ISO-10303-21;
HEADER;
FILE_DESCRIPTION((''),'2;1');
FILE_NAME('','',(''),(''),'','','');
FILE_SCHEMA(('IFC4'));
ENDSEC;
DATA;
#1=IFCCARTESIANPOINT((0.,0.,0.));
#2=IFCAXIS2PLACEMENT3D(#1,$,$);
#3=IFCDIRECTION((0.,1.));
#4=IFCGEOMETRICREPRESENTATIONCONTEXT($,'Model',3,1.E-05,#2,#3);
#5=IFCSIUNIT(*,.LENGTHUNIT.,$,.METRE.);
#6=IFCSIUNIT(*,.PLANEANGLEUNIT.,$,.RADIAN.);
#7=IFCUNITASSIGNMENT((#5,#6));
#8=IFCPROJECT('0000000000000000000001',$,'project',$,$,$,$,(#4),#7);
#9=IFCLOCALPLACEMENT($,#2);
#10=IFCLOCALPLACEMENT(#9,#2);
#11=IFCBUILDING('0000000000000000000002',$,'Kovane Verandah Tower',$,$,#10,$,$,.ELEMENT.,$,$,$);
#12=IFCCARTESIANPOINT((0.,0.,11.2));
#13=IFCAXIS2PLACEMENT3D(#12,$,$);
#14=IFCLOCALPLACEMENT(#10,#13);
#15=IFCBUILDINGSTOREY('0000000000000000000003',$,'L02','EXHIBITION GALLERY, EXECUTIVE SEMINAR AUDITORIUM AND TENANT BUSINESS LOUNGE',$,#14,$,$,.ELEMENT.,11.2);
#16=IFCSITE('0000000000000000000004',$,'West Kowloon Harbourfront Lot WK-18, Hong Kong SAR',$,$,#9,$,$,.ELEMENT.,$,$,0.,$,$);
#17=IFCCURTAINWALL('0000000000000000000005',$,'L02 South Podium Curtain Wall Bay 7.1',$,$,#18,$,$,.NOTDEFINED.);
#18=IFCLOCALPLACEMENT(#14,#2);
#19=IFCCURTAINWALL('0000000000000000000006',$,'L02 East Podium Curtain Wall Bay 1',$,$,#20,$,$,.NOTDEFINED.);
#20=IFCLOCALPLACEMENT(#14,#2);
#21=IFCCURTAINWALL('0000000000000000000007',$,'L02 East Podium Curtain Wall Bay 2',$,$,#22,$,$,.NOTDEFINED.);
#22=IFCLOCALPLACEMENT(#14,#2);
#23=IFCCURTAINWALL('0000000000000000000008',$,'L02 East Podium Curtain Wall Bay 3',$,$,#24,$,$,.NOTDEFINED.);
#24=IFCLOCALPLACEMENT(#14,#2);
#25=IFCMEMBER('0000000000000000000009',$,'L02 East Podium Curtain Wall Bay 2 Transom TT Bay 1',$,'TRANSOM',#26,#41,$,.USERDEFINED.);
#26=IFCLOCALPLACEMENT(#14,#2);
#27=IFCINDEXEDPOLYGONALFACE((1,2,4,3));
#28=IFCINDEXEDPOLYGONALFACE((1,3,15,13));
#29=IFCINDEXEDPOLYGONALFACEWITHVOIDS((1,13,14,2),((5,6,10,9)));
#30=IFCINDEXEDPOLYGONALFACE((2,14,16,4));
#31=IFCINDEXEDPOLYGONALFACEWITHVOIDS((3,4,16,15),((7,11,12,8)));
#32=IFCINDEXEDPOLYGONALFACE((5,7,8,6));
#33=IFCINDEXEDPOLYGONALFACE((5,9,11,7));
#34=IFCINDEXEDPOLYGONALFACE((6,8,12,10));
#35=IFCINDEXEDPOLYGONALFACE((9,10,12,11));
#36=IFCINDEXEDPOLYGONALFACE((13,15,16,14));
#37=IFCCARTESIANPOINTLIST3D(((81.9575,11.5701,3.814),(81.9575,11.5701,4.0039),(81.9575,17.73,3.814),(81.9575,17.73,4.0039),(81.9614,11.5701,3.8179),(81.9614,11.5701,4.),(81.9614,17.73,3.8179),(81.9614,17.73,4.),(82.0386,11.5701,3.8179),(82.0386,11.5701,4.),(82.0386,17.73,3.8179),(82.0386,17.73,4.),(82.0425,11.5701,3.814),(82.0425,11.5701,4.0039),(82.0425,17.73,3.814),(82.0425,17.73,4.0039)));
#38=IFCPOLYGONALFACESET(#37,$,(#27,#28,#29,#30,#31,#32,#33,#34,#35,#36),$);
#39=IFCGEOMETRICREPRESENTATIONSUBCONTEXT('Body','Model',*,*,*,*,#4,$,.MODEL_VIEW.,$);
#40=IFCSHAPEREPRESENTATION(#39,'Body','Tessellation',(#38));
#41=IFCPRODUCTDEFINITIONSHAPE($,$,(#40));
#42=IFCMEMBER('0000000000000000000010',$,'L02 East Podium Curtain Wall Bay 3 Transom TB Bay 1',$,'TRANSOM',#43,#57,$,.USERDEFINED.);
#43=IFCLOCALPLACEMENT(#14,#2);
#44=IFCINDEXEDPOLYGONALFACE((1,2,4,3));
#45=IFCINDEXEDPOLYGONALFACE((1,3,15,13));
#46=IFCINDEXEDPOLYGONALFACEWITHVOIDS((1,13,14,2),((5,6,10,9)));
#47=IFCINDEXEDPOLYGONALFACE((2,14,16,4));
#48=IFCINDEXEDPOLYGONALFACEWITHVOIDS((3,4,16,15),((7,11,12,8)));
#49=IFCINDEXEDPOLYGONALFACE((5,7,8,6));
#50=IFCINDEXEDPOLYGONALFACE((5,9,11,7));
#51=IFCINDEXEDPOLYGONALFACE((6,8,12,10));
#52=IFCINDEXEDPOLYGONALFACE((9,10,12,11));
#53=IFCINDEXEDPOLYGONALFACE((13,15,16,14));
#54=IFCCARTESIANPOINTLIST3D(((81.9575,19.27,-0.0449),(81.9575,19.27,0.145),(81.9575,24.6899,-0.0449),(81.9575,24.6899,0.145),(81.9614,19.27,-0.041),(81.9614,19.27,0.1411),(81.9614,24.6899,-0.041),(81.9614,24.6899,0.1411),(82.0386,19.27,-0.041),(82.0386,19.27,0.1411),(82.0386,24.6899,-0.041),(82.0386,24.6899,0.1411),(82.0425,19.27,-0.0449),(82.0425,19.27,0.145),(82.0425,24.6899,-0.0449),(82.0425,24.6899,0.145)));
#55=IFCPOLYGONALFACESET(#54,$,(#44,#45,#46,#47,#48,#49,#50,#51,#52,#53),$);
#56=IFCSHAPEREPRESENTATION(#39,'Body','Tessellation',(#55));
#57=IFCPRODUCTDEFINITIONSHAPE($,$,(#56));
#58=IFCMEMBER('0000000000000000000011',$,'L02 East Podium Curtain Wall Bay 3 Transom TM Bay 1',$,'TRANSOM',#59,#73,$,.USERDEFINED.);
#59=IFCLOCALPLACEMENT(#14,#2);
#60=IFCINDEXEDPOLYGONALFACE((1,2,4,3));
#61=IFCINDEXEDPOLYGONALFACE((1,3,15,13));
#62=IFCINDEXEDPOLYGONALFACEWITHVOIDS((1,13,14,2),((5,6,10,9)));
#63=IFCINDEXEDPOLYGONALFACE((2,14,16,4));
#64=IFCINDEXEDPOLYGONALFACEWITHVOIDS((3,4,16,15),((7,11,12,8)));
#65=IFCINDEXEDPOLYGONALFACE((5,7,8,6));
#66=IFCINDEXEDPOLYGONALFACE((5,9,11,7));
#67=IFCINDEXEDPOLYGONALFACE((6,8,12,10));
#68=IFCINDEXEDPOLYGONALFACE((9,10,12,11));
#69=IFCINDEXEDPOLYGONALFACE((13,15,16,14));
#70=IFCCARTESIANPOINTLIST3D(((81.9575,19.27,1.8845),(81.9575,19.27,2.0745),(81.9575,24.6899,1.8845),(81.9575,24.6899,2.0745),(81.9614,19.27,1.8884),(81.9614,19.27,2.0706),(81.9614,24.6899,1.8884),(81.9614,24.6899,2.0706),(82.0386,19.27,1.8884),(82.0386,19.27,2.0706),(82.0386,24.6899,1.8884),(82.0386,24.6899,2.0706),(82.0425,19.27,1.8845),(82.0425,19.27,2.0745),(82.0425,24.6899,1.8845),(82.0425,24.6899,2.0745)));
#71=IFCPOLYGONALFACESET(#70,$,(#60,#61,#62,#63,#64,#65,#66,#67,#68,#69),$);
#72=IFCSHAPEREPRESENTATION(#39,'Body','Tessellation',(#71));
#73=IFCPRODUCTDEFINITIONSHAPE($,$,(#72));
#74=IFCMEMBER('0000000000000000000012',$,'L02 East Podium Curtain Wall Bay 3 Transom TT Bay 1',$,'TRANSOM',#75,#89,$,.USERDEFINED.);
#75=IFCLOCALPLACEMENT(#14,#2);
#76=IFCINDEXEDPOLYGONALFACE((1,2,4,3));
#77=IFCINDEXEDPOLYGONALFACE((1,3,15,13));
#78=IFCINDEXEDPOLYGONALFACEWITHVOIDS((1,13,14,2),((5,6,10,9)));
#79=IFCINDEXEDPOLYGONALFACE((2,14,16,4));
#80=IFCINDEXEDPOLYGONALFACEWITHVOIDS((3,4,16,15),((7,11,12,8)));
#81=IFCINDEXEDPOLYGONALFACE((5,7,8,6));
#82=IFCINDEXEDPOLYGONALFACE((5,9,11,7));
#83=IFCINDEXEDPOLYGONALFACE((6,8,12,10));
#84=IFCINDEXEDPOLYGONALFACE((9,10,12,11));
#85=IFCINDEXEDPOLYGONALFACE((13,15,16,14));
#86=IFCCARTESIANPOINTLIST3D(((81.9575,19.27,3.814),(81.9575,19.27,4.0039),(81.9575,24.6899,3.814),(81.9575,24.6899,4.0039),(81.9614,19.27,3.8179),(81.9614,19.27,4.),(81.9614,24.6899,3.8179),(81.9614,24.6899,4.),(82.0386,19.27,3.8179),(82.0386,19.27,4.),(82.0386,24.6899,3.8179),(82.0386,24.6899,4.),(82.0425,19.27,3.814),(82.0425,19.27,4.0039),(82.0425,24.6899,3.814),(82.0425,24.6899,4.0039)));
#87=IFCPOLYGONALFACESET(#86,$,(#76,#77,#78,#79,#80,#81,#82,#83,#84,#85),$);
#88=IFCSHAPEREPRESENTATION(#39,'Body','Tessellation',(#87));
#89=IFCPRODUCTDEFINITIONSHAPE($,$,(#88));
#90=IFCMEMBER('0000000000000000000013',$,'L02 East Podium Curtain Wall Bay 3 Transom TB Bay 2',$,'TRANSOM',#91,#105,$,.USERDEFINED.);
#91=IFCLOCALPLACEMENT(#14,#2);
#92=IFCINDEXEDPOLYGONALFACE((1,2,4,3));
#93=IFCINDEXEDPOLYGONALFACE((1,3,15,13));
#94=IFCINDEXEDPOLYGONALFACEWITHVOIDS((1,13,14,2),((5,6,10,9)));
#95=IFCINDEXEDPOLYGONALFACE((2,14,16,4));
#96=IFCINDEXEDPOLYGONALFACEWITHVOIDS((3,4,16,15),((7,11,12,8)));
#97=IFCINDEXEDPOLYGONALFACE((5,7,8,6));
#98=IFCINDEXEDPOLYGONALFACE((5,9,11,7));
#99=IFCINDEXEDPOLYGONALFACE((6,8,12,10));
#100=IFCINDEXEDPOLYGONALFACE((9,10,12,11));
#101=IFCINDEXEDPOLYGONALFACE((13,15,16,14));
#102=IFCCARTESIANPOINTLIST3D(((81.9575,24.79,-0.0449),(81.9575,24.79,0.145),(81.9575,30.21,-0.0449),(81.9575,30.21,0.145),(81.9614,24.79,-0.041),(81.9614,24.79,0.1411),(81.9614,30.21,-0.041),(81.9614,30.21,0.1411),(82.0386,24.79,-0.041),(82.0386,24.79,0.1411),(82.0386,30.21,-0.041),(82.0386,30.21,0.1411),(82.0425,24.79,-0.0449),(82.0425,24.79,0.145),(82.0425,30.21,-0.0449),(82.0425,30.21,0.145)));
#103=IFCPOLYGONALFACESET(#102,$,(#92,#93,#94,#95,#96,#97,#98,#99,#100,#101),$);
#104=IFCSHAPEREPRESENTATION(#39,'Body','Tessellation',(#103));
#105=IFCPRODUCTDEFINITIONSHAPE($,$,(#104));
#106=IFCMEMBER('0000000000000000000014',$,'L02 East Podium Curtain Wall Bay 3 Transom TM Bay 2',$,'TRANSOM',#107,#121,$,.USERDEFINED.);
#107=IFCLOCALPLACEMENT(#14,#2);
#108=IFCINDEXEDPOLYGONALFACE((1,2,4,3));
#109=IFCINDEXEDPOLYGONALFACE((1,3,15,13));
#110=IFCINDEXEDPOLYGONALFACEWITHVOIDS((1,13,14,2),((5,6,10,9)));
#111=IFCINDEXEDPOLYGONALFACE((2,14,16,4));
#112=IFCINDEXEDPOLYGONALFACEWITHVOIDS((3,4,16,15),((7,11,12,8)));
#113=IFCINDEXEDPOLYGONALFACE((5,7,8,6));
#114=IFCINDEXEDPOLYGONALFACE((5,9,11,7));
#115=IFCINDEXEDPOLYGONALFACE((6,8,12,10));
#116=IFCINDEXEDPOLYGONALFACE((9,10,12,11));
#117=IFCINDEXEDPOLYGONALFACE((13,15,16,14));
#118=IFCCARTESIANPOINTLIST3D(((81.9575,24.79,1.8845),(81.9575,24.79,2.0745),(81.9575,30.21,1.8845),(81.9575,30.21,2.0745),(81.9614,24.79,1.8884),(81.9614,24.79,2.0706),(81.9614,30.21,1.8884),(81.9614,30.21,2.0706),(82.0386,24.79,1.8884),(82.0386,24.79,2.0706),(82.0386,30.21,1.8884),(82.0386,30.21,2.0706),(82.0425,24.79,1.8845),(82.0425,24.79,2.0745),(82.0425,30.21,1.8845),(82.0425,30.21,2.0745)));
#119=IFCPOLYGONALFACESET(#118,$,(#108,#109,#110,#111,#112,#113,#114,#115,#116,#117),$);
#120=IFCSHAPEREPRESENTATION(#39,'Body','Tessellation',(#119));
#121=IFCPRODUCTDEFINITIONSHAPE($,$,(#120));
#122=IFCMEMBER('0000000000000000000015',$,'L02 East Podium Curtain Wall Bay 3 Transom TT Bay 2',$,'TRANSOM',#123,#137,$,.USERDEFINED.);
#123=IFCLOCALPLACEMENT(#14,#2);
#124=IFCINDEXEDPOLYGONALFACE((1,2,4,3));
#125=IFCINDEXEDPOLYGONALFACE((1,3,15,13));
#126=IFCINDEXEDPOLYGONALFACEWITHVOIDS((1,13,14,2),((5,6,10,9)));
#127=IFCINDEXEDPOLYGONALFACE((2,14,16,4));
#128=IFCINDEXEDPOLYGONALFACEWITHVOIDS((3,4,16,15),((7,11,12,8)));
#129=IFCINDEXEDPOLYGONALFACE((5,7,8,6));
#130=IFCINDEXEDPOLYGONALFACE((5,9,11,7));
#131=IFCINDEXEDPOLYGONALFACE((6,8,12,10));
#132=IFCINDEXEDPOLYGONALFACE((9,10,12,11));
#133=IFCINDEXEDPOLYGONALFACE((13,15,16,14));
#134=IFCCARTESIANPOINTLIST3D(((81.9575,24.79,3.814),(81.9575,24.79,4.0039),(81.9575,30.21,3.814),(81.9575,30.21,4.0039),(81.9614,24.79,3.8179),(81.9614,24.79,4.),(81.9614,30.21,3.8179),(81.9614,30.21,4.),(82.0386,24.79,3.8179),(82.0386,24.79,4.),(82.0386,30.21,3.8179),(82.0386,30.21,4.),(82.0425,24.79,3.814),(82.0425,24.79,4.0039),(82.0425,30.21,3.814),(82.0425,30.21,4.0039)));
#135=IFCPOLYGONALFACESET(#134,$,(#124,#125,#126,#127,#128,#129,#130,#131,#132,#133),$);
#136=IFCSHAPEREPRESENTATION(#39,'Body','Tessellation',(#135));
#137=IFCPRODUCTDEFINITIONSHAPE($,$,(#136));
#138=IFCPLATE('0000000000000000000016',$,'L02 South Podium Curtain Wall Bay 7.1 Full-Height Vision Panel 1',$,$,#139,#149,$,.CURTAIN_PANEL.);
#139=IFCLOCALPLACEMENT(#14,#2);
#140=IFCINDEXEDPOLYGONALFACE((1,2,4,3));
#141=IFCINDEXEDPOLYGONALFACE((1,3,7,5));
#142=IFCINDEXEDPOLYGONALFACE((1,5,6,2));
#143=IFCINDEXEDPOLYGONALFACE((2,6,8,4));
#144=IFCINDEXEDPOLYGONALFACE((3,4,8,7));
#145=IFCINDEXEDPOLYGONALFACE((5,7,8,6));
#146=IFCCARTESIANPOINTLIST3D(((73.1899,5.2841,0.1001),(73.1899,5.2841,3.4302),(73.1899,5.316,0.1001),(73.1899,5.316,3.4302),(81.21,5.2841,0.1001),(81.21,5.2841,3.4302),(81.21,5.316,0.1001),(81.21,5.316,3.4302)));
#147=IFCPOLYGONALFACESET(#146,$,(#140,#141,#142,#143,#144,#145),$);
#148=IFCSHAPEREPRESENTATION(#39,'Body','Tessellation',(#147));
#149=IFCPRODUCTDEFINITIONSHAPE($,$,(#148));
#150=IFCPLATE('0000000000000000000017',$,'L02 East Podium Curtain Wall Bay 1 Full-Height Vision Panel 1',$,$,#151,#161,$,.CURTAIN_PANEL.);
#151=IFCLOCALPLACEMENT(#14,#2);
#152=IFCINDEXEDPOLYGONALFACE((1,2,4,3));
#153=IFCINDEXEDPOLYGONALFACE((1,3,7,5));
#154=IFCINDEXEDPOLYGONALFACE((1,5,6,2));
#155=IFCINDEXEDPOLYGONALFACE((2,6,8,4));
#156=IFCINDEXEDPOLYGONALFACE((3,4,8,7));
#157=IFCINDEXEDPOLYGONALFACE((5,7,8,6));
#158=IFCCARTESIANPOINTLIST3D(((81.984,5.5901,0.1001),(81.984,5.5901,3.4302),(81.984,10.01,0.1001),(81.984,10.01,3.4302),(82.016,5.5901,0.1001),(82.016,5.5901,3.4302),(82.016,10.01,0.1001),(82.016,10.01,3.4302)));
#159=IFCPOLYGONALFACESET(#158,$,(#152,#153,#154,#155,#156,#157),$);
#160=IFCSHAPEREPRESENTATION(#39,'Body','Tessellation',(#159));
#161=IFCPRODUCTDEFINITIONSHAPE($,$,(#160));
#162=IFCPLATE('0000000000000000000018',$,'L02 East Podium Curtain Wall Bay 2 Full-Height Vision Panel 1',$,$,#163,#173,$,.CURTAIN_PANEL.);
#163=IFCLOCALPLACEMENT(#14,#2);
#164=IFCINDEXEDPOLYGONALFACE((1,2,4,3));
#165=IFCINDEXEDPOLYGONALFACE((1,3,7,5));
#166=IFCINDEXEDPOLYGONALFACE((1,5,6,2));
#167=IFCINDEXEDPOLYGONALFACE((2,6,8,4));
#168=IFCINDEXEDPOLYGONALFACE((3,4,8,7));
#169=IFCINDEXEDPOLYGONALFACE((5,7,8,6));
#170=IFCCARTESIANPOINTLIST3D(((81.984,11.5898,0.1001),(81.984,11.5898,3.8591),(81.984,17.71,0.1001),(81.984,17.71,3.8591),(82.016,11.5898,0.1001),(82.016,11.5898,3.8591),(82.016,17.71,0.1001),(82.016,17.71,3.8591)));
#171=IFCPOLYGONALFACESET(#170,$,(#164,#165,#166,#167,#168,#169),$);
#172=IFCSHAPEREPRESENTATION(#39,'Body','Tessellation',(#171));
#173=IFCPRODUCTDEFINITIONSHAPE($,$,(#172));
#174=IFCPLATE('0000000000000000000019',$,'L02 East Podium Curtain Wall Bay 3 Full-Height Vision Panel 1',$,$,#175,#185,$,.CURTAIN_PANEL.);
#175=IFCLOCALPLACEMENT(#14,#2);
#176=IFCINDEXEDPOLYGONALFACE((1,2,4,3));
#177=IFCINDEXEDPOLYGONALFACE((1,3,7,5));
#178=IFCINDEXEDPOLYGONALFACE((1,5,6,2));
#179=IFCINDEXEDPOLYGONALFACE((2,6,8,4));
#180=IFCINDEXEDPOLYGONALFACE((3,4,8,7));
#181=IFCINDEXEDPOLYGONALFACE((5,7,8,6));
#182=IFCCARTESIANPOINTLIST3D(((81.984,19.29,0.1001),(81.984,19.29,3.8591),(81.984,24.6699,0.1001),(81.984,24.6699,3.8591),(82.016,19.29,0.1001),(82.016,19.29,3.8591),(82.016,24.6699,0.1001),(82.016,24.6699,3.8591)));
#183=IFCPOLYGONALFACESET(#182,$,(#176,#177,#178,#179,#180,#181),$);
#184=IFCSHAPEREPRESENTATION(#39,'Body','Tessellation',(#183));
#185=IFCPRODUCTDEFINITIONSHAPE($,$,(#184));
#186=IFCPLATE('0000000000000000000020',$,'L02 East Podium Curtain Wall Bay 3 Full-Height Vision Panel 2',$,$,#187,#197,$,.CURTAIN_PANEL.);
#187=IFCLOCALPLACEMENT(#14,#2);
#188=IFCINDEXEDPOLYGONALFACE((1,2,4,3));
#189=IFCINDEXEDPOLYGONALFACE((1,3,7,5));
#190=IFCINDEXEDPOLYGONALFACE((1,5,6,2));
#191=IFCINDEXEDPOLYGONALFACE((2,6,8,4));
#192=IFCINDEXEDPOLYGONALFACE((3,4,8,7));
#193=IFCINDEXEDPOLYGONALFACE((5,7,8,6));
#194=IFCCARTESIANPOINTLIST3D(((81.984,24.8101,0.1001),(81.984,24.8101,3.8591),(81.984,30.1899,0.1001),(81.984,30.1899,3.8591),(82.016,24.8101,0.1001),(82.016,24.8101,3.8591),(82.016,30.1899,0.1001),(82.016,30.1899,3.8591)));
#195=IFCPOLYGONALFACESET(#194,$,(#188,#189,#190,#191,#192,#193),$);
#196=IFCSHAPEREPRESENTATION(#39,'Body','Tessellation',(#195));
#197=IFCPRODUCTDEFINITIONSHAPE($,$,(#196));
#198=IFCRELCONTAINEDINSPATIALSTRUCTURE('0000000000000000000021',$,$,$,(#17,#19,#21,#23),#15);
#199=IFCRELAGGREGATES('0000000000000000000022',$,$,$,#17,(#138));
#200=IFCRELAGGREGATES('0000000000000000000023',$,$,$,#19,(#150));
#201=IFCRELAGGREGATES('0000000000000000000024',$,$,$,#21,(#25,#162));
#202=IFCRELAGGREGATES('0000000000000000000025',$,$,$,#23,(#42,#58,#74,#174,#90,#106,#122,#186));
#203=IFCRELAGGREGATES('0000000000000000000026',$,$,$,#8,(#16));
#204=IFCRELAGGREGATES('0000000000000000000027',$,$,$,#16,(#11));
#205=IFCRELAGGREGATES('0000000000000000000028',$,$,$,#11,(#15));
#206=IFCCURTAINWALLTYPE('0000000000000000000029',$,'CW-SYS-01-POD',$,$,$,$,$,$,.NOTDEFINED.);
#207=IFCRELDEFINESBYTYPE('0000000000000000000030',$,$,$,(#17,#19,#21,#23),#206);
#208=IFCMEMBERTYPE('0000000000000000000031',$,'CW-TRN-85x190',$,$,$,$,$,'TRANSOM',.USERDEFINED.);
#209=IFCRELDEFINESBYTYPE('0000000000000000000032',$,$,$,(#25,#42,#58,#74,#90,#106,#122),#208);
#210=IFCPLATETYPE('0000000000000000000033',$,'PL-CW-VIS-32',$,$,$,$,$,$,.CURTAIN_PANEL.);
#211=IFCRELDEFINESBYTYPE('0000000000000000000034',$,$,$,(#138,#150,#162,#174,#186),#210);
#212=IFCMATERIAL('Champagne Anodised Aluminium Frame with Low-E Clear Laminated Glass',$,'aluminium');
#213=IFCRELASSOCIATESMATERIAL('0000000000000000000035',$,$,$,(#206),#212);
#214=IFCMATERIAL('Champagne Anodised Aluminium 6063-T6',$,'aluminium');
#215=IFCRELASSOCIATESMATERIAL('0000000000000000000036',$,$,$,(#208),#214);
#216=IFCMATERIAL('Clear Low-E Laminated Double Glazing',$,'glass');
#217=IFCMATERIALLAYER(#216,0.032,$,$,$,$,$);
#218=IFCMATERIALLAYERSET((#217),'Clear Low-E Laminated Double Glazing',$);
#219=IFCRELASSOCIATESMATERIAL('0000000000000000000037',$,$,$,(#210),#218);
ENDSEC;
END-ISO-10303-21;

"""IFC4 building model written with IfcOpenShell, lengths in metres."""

from ifc_helpers import new_model, si_unit, direction, frame, origin, origin_2d, place, context, subcontext, project, spatial, rectangle, hollow_rectangle, extrude, material, layer, layer_set, material_profile, profile_set, type_object, element, aggregate, save


model = new_model("IFC4")

# Units and contexts
model_context = context("Model", 3, precision=1e-05, world=origin(), true_north=direction((0.0, 1.0)))
body_context = subcontext(model_context, "Body", "Model", "MODEL_VIEW")
ifc_project = project(units=[si_unit("LENGTHUNIT", "METRE"), si_unit("PLANEANGLEUNIT", "RADIAN")], contexts=[model_context])

# Site, building, storey
site_placement = place(None, origin())
site = spatial("IfcSite", under=ifc_project, at=site_placement, Name="West Kowloon Harbourfront Lot WK-18, Hong Kong SAR", CompositionType="ELEMENT", RefElevation=0.0)
building_placement = place(site_placement, origin())
building = spatial("IfcBuilding", under=site, at=building_placement, Name="Kovane Verandah Tower", CompositionType="ELEMENT")
storey_placement = place(building_placement, frame((0.0, 0.0, 11.2)))
storey = spatial("IfcBuildingStorey", under=building, at=storey_placement, Name="L02", Description="EXHIBITION GALLERY, EXECUTIVE SEMINAR AUDITORIUM AND TENANT BUSINESS LOUNGE", CompositionType="ELEMENT", Elevation=11.2)

# Curtain wall
ifc_material_1 = material(Name="Champagne Anodised Aluminium Frame with Low-E Clear Laminated Glass", Category="aluminium")
curtain_wall_type = type_object("IfcCurtainWallType", Name="CW-SYS-01-POD", PredefinedType="NOTDEFINED", material=ifc_material_1)
curtain_wall_1_placement = place(storey_placement, origin())
curtain_wall_1 = element("IfcCurtainWall", 1, at=curtain_wall_1_placement, inside=storey, type_object=curtain_wall_type, Name="L02 South Podium Curtain Wall Bay 7.1", PredefinedType="NOTDEFINED")
ifc_material_2 = material(Name="Champagne Anodised Aluminium 6063-T6", Category="aluminium")

# Curtain walls
curtain_wall_2_placement = place(storey_placement, origin())
curtain_wall_2 = element("IfcCurtainWall", 2, at=curtain_wall_2_placement, inside=storey, type_object=curtain_wall_type, Name="L02 East Podium Curtain Wall Bay 1", PredefinedType="NOTDEFINED")
curtain_wall_3_placement = place(storey_placement, origin())
curtain_wall_3 = element("IfcCurtainWall", 3, at=curtain_wall_3_placement, inside=storey, type_object=curtain_wall_type, Name="L02 East Podium Curtain Wall Bay 2", PredefinedType="NOTDEFINED")
curtain_wall_4_placement = place(storey_placement, origin())
curtain_wall_4 = element("IfcCurtainWall", 4, at=curtain_wall_4_placement, inside=storey, type_object=curtain_wall_type, Name="L02 East Podium Curtain Wall Bay 3", PredefinedType="NOTDEFINED")

# Members
ifc_material_profile_1 = material_profile(ifc_material_2, hollow_rectangle(XDim=0.085, YDim=0.1899, WallThickness=0.0039, at=origin_2d()), Name="AL85x190x4")
ifc_profile_set_1 = profile_set([ifc_material_profile_1], Name="Champagne Anodised Aluminium 6063-T6")
member_type_1 = type_object("IfcMemberType", Name="CW-TRN-85x190", ElementType="TRANSOM", PredefinedType="USERDEFINED", material=ifc_profile_set_1)
member_1_placement = place(storey_placement, frame((82.0, 11.5701, 3.9089), z_axis=(0.0, 1.0, 0.0), x_axis=(-1.0, 0.0, 0.0)))
member_1 = element("IfcMember", 5, at=member_1_placement, type_object=member_type_1, Name="L02 East Podium Curtain Wall Bay 2 Transom TT Bay 1", ObjectType="TRANSOM", PredefinedType="USERDEFINED", context=body_context, shape_type="SweptSolid", body=[
    extrude(hollow_rectangle(XDim=0.085, YDim=0.1899, WallThickness=0.0039, at=origin_2d()), origin(), (0.0, 0.0, 1.0), 6.1599),
])
member_2_placement = place(storey_placement, frame((82.0, 19.27, 0.05), z_axis=(0.0, 1.0, 0.0), x_axis=(-1.0, 0.0, 0.0)))
member_2 = element("IfcMember", 6, at=member_2_placement, type_object=member_type_1, Name="L02 East Podium Curtain Wall Bay 3 Transom TB Bay 1", ObjectType="TRANSOM", PredefinedType="USERDEFINED", context=body_context, shape_type="SweptSolid", body=[
    extrude(hollow_rectangle(XDim=0.085, YDim=0.1899, WallThickness=0.0039, at=origin_2d()), origin(), (0.0, 0.0, 1.0), 5.4199),
])
member_3_placement = place(storey_placement, frame((82.0, 19.27, 1.9795), z_axis=(0.0, 1.0, 0.0), x_axis=(-1.0, 0.0, 0.0)))
member_3 = element("IfcMember", 7, at=member_3_placement, type_object=member_type_1, Name="L02 East Podium Curtain Wall Bay 3 Transom TM Bay 1", ObjectType="TRANSOM", PredefinedType="USERDEFINED", context=body_context, shape_type="SweptSolid", body=[
    extrude(hollow_rectangle(XDim=0.085, YDim=0.1899, WallThickness=0.0039, at=origin_2d()), origin(), (0.0, 0.0, 1.0), 5.4199),
])
member_4_placement = place(storey_placement, frame((82.0, 19.27, 3.9089), z_axis=(0.0, 1.0, 0.0), x_axis=(-1.0, 0.0, 0.0)))
member_4 = element("IfcMember", 8, at=member_4_placement, type_object=member_type_1, Name="L02 East Podium Curtain Wall Bay 3 Transom TT Bay 1", ObjectType="TRANSOM", PredefinedType="USERDEFINED", context=body_context, shape_type="SweptSolid", body=[
    extrude(hollow_rectangle(XDim=0.085, YDim=0.1899, WallThickness=0.0039, at=origin_2d()), origin(), (0.0, 0.0, 1.0), 5.4199),
])
member_5_placement = place(storey_placement, frame((82.0, 24.79, 0.05), z_axis=(0.0, 1.0, 0.0), x_axis=(-1.0, 0.0, 0.0)))
member_5 = element("IfcMember", 9, at=member_5_placement, type_object=member_type_1, Name="L02 East Podium Curtain Wall Bay 3 Transom TB Bay 2", ObjectType="TRANSOM", PredefinedType="USERDEFINED", context=body_context, shape_type="SweptSolid", body=[
    extrude(hollow_rectangle(XDim=0.085, YDim=0.1899, WallThickness=0.0039, at=origin_2d()), origin(), (0.0, 0.0, 1.0), 5.4199),
])
member_6_placement = place(storey_placement, frame((82.0, 24.79, 1.9795), z_axis=(0.0, 1.0, 0.0), x_axis=(-1.0, 0.0, 0.0)))
member_6 = element("IfcMember", 10, at=member_6_placement, type_object=member_type_1, Name="L02 East Podium Curtain Wall Bay 3 Transom TM Bay 2", ObjectType="TRANSOM", PredefinedType="USERDEFINED", context=body_context, shape_type="SweptSolid", body=[
    extrude(hollow_rectangle(XDim=0.085, YDim=0.1899, WallThickness=0.0039, at=origin_2d()), origin(), (0.0, 0.0, 1.0), 5.4199),
])
member_7_placement = place(storey_placement, frame((82.0, 24.79, 3.9089), z_axis=(0.0, 1.0, 0.0), x_axis=(-1.0, 0.0, 0.0)))
member_7 = element("IfcMember", 11, at=member_7_placement, type_object=member_type_1, Name="L02 East Podium Curtain Wall Bay 3 Transom TT Bay 2", ObjectType="TRANSOM", PredefinedType="USERDEFINED", context=body_context, shape_type="SweptSolid", body=[
    extrude(hollow_rectangle(XDim=0.085, YDim=0.1899, WallThickness=0.0039, at=origin_2d()), origin(), (0.0, 0.0, 1.0), 5.4199),
])

# Plates
ifc_material_3 = material(Name="Clear Low-E Laminated Double Glazing", Category="glass")
ifc_layer_1 = layer(ifc_material_3, 0.032)
ifc_layer_set_1 = layer_set([ifc_layer_1], Name="Clear Low-E Laminated Double Glazing")
plate_type = type_object("IfcPlateType", Name="PL-CW-VIS-32", PredefinedType="CURTAIN_PANEL", material=ifc_layer_set_1)
plate_1_placement = place(storey_placement, frame((77.2, 5.3, 0.1001), z_axis=(0.0, 0.0, 1.0), x_axis=(1.0, 0.0, 0.0)))
plate_1 = element("IfcPlate", 12, at=plate_1_placement, type_object=plate_type, Name="L02 South Podium Curtain Wall Bay 7.1 Full-Height Vision Panel 1", PredefinedType="CURTAIN_PANEL", context=body_context, shape_type="SweptSolid", body=[
    extrude(rectangle(XDim=8.02, YDim=0.032, at=origin_2d()), origin(), (0.0, 0.0, 1.0), 3.3301),
])
aggregate(curtain_wall_1, [plate_1])
plate_2_placement = place(storey_placement, frame((82.0, 7.8, 0.1001), z_axis=(0.0, 0.0, 1.0), x_axis=(0.0, 1.0, 0.0)))
plate_2 = element("IfcPlate", 13, at=plate_2_placement, type_object=plate_type, Name="L02 East Podium Curtain Wall Bay 1 Full-Height Vision Panel 1", PredefinedType="CURTAIN_PANEL", context=body_context, shape_type="SweptSolid", body=[
    extrude(rectangle(XDim=4.4199, YDim=0.032, at=origin_2d()), origin(), (0.0, 0.0, 1.0), 3.3301),
])
aggregate(curtain_wall_2, [plate_2])
plate_3_placement = place(storey_placement, frame((82.0, 14.6499, 0.1001), z_axis=(0.0, 0.0, 1.0), x_axis=(0.0, 1.0, 0.0)))
plate_3 = element("IfcPlate", 14, at=plate_3_placement, type_object=plate_type, Name="L02 East Podium Curtain Wall Bay 2 Full-Height Vision Panel 1", PredefinedType="CURTAIN_PANEL", context=body_context, shape_type="SweptSolid", body=[
    extrude(rectangle(XDim=6.1201, YDim=0.032, at=origin_2d()), origin(), (0.0, 0.0, 1.0), 3.759),
])
aggregate(curtain_wall_3, [member_1, plate_3])
plate_4_placement = place(storey_placement, frame((82.0, 21.98, 0.1001), z_axis=(0.0, 0.0, 1.0), x_axis=(0.0, 1.0, 0.0)))
plate_4 = element("IfcPlate", 15, at=plate_4_placement, type_object=plate_type, Name="L02 East Podium Curtain Wall Bay 3 Full-Height Vision Panel 1", PredefinedType="CURTAIN_PANEL", context=body_context, shape_type="SweptSolid", body=[
    extrude(rectangle(XDim=5.3799, YDim=0.032, at=origin_2d()), origin(), (0.0, 0.0, 1.0), 3.759),
])
plate_5_placement = place(storey_placement, frame((82.0, 27.5, 0.1001), z_axis=(0.0, 0.0, 1.0), x_axis=(0.0, 1.0, 0.0)))
plate_5 = element("IfcPlate", 16, at=plate_5_placement, type_object=plate_type, Name="L02 East Podium Curtain Wall Bay 3 Full-Height Vision Panel 2", PredefinedType="CURTAIN_PANEL", context=body_context, shape_type="SweptSolid", body=[
    extrude(rectangle(XDim=5.3799, YDim=0.032, at=origin_2d()), origin(), (0.0, 0.0, 1.0), 3.759),
])
aggregate(curtain_wall_4, [member_2, member_3, member_4, plate_4, member_5, member_6, member_7, plate_5])

save(model, "model.ifc")
